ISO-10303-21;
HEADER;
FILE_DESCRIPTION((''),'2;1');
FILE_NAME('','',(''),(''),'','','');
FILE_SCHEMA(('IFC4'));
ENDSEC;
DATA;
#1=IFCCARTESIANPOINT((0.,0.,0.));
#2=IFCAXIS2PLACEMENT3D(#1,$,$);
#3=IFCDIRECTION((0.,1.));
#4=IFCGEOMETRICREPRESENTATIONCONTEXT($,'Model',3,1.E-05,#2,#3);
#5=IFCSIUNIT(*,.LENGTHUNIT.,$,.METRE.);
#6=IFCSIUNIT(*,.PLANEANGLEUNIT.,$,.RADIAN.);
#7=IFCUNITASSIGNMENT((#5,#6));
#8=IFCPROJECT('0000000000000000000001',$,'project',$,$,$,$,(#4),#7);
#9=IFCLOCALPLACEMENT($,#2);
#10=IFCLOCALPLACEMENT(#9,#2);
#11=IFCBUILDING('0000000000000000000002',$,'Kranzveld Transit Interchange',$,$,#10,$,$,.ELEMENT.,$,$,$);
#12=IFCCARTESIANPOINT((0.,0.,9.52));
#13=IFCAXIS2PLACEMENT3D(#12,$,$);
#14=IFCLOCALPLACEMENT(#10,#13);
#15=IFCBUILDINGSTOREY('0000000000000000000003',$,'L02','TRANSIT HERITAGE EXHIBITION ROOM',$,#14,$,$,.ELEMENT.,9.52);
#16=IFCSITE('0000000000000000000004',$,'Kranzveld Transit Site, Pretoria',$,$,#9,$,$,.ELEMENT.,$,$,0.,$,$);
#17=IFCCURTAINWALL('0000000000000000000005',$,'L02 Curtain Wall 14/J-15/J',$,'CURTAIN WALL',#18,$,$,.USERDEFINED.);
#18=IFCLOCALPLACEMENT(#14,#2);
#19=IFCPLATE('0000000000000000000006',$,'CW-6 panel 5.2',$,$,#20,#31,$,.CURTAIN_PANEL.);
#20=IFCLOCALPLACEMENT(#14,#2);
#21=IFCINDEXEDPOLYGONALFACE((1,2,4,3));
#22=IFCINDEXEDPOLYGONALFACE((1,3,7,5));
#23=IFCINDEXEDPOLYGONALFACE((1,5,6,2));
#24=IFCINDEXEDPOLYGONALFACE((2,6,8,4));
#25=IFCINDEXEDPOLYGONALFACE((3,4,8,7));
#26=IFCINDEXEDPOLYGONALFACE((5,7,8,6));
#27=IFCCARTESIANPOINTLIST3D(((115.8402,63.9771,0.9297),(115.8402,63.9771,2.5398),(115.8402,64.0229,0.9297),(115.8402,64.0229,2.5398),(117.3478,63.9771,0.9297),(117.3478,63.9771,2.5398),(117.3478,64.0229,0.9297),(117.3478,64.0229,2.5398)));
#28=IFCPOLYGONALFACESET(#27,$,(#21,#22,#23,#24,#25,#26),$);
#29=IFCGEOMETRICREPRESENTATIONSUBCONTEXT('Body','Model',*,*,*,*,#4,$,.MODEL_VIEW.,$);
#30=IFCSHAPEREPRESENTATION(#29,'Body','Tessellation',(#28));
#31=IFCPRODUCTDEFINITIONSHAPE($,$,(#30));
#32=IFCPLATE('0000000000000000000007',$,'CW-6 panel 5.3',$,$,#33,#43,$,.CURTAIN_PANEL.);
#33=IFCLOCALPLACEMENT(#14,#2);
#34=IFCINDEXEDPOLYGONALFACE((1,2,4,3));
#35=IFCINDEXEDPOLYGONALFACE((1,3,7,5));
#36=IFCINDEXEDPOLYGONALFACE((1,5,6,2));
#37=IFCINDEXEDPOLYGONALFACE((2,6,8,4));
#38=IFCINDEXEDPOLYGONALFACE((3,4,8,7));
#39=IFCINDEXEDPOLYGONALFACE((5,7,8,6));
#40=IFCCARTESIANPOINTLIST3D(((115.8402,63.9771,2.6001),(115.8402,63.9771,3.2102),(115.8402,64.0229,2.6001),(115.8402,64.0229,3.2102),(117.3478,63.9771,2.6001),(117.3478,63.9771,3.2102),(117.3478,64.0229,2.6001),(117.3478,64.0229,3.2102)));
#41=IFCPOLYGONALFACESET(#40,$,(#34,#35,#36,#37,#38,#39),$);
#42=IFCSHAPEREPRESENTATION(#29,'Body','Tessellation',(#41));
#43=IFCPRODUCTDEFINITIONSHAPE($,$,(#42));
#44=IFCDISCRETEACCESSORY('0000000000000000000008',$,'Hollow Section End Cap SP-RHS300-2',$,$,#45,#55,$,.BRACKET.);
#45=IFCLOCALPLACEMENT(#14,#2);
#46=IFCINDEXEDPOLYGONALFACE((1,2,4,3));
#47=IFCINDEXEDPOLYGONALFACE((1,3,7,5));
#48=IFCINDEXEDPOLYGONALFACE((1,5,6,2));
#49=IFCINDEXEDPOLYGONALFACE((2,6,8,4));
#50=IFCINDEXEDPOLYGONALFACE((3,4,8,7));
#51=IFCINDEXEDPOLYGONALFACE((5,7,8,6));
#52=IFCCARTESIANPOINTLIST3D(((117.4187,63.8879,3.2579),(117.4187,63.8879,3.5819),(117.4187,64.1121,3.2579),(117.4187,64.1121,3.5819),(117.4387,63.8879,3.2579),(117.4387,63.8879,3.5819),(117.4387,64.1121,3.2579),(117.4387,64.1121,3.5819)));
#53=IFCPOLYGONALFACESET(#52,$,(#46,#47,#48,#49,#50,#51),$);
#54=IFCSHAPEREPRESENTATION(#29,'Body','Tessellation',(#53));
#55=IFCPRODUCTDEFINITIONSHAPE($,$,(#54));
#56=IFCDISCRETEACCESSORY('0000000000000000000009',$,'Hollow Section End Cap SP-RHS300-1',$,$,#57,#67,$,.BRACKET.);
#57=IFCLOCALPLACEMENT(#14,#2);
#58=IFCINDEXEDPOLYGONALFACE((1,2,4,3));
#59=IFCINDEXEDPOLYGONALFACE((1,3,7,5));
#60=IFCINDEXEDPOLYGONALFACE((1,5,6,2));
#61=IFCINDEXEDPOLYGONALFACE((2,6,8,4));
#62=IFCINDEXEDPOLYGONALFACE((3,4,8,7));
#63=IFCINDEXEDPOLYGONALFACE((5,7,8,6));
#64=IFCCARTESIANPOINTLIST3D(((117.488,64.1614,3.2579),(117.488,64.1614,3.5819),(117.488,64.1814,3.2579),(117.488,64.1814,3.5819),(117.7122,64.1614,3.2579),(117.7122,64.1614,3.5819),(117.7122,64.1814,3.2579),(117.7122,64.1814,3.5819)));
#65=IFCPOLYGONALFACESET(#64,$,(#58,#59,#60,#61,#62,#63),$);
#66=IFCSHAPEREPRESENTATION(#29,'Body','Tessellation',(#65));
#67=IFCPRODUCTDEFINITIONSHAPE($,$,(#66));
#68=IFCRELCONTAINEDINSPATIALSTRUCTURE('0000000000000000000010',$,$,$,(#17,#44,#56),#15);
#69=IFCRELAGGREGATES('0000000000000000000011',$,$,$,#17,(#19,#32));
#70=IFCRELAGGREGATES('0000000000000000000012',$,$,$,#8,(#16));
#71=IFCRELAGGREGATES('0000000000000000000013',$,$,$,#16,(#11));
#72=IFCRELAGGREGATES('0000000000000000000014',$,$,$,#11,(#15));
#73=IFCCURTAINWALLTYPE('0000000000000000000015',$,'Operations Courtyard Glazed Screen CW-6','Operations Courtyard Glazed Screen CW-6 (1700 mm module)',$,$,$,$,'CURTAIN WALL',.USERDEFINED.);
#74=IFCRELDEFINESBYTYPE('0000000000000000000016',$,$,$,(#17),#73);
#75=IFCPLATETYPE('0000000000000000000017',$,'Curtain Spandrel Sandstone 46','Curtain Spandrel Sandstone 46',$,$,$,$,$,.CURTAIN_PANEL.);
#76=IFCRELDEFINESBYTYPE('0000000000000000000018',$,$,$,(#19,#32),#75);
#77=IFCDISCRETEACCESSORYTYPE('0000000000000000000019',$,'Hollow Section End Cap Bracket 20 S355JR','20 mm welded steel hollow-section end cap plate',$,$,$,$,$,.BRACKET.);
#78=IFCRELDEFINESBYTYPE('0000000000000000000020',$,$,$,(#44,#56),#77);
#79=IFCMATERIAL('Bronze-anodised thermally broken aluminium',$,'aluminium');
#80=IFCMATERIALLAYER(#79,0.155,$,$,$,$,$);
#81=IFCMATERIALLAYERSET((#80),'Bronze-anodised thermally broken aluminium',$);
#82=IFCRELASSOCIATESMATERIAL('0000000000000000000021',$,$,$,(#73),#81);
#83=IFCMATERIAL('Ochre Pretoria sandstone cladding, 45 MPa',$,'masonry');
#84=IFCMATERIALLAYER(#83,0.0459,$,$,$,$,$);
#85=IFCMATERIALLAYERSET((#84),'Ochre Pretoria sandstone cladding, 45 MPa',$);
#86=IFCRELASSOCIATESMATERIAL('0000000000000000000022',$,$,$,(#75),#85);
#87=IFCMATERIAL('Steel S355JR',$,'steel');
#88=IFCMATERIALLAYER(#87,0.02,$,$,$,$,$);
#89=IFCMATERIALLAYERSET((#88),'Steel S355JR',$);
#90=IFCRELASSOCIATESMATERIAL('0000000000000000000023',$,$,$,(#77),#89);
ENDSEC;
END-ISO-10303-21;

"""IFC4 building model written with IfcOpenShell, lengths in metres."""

from ifc_helpers import new_model, si_unit, direction, frame, origin, origin_2d, place, context, subcontext, project, spatial, rectangle, extrude, material, layer, layer_set, type_object, element, aggregate, save


model = new_model("IFC4")

# Units and contexts
model_context = context("Model", 3, precision=1e-05, world=origin(), true_north=direction((0.0, 1.0)))
body_context = subcontext(model_context, "Body", "Model", "MODEL_VIEW")
ifc_project = project(units=[si_unit("LENGTHUNIT", "METRE"), si_unit("PLANEANGLEUNIT", "RADIAN")], contexts=[model_context])

# Site, building, storey
site_placement = place(None, origin())
site = spatial("IfcSite", under=ifc_project, at=site_placement, Name="Kranzveld Transit Site, Pretoria", CompositionType="ELEMENT", RefElevation=0.0)
building_placement = place(site_placement, origin())
building = spatial("IfcBuilding", under=site, at=building_placement, Name="Kranzveld Transit Interchange", CompositionType="ELEMENT")
storey_placement = place(building_placement, frame((0.0, 0.0, 9.52)))
storey = spatial("IfcBuildingStorey", under=building, at=storey_placement, Name="L02", Description="TRANSIT HERITAGE EXHIBITION ROOM", CompositionType="ELEMENT", Elevation=9.52)

# Curtain wall
ifc_material_1 = material(Name="Bronze-anodised thermally broken aluminium", Category="aluminium")
ifc_layer_1 = layer(ifc_material_1, 0.155)
ifc_layer_set_1 = layer_set([ifc_layer_1], Name="Bronze-anodised thermally broken aluminium")
curtain_wall_type_1 = type_object("IfcCurtainWallType", Name="Operations Courtyard Glazed Screen CW-6", Description="Operations Courtyard Glazed Screen CW-6 (1700 mm module)", ElementType="CURTAIN WALL", PredefinedType="USERDEFINED", material=ifc_layer_set_1)
curtain_wall_1_placement = place(storey_placement, origin())
curtain_wall_1 = element("IfcCurtainWall", 1, at=curtain_wall_1_placement, inside=storey, type_object=curtain_wall_type_1, Name="L02 Curtain Wall 14/J-15/J", ObjectType="CURTAIN WALL", PredefinedType="USERDEFINED")

# Plates
ifc_material_2 = material(Name="Ochre Pretoria sandstone cladding, 45 MPa", Category="masonry")
ifc_layer_2 = layer(ifc_material_2, 0.0459)
ifc_layer_set_2 = layer_set([ifc_layer_2], Name="Ochre Pretoria sandstone cladding, 45 MPa")
plate_type_1 = type_object("IfcPlateType", Name="Curtain Spandrel Sandstone 46", Description="Curtain Spandrel Sandstone 46", PredefinedType="CURTAIN_PANEL", material=ifc_layer_set_2)
plate_1_placement = place(storey_placement, frame((116.594, 64.0, 0.9297), z_axis=(0.0, 0.0, 1.0), x_axis=(1.0, 0.0, 0.0)))
plate_1 = element("IfcPlate", 2, at=plate_1_placement, type_object=plate_type_1, Name="CW-6 panel 5.2", PredefinedType="CURTAIN_PANEL", context=body_context, shape_type="SweptSolid", body=[
    extrude(rectangle(XDim=1.5076, YDim=0.0459, at=origin_2d()), origin(), (0.0, 0.0, 1.0), 1.6101),
])
plate_2_placement = place(storey_placement, frame((116.594, 64.0, 2.6001), z_axis=(0.0, 0.0, 1.0), x_axis=(1.0, 0.0, 0.0)))
plate_2 = element("IfcPlate", 3, at=plate_2_placement, type_object=plate_type_1, Name="CW-6 panel 5.3", PredefinedType="CURTAIN_PANEL", context=body_context, shape_type="SweptSolid", body=[
    extrude(rectangle(XDim=1.5076, YDim=0.0459, at=origin_2d()), origin(), (0.0, 0.0, 1.0), 0.6101),
])
aggregate(curtain_wall_1, [plate_1, plate_2])

# Discrete accessories
ifc_material_3 = material(Name="Steel S355JR", Category="steel")
ifc_layer_3 = layer(ifc_material_3, 0.02)
ifc_layer_set_3 = layer_set([ifc_layer_3], Name="Steel S355JR")
discrete_accessory_type = type_object("IfcDiscreteAccessoryType", Name="Hollow Section End Cap Bracket 20 S355JR", Description="20 mm welded steel hollow-section end cap plate", PredefinedType="BRACKET", material=ifc_layer_set_3)
for number, where, z_axis, x_axis, name in (
    (4, (117.4187, 64.0, 3.4199), (1.0, 0.0, 0.0), (0.0, 1.0, 0.0), "Hollow Section End Cap SP-RHS300-2"),
    (5, (117.6001, 64.1814, 3.4199), (0.0, -1.0, 0.0), (1.0, 0.0, 0.0), "Hollow Section End Cap SP-RHS300-1"),
):
    element("IfcDiscreteAccessory", number, at=place(storey_placement, frame(where, z_axis=z_axis, x_axis=x_axis)), inside=storey, type_object=discrete_accessory_type, Name=name, PredefinedType="BRACKET", context=body_context, shape_type="SweptSolid", body=[
        extrude(rectangle(XDim=0.2241, YDim=0.324, at=origin_2d()), origin(), (0.0, 0.0, 1.0), 0.02),
    ])

save(model, "model.ifc")
